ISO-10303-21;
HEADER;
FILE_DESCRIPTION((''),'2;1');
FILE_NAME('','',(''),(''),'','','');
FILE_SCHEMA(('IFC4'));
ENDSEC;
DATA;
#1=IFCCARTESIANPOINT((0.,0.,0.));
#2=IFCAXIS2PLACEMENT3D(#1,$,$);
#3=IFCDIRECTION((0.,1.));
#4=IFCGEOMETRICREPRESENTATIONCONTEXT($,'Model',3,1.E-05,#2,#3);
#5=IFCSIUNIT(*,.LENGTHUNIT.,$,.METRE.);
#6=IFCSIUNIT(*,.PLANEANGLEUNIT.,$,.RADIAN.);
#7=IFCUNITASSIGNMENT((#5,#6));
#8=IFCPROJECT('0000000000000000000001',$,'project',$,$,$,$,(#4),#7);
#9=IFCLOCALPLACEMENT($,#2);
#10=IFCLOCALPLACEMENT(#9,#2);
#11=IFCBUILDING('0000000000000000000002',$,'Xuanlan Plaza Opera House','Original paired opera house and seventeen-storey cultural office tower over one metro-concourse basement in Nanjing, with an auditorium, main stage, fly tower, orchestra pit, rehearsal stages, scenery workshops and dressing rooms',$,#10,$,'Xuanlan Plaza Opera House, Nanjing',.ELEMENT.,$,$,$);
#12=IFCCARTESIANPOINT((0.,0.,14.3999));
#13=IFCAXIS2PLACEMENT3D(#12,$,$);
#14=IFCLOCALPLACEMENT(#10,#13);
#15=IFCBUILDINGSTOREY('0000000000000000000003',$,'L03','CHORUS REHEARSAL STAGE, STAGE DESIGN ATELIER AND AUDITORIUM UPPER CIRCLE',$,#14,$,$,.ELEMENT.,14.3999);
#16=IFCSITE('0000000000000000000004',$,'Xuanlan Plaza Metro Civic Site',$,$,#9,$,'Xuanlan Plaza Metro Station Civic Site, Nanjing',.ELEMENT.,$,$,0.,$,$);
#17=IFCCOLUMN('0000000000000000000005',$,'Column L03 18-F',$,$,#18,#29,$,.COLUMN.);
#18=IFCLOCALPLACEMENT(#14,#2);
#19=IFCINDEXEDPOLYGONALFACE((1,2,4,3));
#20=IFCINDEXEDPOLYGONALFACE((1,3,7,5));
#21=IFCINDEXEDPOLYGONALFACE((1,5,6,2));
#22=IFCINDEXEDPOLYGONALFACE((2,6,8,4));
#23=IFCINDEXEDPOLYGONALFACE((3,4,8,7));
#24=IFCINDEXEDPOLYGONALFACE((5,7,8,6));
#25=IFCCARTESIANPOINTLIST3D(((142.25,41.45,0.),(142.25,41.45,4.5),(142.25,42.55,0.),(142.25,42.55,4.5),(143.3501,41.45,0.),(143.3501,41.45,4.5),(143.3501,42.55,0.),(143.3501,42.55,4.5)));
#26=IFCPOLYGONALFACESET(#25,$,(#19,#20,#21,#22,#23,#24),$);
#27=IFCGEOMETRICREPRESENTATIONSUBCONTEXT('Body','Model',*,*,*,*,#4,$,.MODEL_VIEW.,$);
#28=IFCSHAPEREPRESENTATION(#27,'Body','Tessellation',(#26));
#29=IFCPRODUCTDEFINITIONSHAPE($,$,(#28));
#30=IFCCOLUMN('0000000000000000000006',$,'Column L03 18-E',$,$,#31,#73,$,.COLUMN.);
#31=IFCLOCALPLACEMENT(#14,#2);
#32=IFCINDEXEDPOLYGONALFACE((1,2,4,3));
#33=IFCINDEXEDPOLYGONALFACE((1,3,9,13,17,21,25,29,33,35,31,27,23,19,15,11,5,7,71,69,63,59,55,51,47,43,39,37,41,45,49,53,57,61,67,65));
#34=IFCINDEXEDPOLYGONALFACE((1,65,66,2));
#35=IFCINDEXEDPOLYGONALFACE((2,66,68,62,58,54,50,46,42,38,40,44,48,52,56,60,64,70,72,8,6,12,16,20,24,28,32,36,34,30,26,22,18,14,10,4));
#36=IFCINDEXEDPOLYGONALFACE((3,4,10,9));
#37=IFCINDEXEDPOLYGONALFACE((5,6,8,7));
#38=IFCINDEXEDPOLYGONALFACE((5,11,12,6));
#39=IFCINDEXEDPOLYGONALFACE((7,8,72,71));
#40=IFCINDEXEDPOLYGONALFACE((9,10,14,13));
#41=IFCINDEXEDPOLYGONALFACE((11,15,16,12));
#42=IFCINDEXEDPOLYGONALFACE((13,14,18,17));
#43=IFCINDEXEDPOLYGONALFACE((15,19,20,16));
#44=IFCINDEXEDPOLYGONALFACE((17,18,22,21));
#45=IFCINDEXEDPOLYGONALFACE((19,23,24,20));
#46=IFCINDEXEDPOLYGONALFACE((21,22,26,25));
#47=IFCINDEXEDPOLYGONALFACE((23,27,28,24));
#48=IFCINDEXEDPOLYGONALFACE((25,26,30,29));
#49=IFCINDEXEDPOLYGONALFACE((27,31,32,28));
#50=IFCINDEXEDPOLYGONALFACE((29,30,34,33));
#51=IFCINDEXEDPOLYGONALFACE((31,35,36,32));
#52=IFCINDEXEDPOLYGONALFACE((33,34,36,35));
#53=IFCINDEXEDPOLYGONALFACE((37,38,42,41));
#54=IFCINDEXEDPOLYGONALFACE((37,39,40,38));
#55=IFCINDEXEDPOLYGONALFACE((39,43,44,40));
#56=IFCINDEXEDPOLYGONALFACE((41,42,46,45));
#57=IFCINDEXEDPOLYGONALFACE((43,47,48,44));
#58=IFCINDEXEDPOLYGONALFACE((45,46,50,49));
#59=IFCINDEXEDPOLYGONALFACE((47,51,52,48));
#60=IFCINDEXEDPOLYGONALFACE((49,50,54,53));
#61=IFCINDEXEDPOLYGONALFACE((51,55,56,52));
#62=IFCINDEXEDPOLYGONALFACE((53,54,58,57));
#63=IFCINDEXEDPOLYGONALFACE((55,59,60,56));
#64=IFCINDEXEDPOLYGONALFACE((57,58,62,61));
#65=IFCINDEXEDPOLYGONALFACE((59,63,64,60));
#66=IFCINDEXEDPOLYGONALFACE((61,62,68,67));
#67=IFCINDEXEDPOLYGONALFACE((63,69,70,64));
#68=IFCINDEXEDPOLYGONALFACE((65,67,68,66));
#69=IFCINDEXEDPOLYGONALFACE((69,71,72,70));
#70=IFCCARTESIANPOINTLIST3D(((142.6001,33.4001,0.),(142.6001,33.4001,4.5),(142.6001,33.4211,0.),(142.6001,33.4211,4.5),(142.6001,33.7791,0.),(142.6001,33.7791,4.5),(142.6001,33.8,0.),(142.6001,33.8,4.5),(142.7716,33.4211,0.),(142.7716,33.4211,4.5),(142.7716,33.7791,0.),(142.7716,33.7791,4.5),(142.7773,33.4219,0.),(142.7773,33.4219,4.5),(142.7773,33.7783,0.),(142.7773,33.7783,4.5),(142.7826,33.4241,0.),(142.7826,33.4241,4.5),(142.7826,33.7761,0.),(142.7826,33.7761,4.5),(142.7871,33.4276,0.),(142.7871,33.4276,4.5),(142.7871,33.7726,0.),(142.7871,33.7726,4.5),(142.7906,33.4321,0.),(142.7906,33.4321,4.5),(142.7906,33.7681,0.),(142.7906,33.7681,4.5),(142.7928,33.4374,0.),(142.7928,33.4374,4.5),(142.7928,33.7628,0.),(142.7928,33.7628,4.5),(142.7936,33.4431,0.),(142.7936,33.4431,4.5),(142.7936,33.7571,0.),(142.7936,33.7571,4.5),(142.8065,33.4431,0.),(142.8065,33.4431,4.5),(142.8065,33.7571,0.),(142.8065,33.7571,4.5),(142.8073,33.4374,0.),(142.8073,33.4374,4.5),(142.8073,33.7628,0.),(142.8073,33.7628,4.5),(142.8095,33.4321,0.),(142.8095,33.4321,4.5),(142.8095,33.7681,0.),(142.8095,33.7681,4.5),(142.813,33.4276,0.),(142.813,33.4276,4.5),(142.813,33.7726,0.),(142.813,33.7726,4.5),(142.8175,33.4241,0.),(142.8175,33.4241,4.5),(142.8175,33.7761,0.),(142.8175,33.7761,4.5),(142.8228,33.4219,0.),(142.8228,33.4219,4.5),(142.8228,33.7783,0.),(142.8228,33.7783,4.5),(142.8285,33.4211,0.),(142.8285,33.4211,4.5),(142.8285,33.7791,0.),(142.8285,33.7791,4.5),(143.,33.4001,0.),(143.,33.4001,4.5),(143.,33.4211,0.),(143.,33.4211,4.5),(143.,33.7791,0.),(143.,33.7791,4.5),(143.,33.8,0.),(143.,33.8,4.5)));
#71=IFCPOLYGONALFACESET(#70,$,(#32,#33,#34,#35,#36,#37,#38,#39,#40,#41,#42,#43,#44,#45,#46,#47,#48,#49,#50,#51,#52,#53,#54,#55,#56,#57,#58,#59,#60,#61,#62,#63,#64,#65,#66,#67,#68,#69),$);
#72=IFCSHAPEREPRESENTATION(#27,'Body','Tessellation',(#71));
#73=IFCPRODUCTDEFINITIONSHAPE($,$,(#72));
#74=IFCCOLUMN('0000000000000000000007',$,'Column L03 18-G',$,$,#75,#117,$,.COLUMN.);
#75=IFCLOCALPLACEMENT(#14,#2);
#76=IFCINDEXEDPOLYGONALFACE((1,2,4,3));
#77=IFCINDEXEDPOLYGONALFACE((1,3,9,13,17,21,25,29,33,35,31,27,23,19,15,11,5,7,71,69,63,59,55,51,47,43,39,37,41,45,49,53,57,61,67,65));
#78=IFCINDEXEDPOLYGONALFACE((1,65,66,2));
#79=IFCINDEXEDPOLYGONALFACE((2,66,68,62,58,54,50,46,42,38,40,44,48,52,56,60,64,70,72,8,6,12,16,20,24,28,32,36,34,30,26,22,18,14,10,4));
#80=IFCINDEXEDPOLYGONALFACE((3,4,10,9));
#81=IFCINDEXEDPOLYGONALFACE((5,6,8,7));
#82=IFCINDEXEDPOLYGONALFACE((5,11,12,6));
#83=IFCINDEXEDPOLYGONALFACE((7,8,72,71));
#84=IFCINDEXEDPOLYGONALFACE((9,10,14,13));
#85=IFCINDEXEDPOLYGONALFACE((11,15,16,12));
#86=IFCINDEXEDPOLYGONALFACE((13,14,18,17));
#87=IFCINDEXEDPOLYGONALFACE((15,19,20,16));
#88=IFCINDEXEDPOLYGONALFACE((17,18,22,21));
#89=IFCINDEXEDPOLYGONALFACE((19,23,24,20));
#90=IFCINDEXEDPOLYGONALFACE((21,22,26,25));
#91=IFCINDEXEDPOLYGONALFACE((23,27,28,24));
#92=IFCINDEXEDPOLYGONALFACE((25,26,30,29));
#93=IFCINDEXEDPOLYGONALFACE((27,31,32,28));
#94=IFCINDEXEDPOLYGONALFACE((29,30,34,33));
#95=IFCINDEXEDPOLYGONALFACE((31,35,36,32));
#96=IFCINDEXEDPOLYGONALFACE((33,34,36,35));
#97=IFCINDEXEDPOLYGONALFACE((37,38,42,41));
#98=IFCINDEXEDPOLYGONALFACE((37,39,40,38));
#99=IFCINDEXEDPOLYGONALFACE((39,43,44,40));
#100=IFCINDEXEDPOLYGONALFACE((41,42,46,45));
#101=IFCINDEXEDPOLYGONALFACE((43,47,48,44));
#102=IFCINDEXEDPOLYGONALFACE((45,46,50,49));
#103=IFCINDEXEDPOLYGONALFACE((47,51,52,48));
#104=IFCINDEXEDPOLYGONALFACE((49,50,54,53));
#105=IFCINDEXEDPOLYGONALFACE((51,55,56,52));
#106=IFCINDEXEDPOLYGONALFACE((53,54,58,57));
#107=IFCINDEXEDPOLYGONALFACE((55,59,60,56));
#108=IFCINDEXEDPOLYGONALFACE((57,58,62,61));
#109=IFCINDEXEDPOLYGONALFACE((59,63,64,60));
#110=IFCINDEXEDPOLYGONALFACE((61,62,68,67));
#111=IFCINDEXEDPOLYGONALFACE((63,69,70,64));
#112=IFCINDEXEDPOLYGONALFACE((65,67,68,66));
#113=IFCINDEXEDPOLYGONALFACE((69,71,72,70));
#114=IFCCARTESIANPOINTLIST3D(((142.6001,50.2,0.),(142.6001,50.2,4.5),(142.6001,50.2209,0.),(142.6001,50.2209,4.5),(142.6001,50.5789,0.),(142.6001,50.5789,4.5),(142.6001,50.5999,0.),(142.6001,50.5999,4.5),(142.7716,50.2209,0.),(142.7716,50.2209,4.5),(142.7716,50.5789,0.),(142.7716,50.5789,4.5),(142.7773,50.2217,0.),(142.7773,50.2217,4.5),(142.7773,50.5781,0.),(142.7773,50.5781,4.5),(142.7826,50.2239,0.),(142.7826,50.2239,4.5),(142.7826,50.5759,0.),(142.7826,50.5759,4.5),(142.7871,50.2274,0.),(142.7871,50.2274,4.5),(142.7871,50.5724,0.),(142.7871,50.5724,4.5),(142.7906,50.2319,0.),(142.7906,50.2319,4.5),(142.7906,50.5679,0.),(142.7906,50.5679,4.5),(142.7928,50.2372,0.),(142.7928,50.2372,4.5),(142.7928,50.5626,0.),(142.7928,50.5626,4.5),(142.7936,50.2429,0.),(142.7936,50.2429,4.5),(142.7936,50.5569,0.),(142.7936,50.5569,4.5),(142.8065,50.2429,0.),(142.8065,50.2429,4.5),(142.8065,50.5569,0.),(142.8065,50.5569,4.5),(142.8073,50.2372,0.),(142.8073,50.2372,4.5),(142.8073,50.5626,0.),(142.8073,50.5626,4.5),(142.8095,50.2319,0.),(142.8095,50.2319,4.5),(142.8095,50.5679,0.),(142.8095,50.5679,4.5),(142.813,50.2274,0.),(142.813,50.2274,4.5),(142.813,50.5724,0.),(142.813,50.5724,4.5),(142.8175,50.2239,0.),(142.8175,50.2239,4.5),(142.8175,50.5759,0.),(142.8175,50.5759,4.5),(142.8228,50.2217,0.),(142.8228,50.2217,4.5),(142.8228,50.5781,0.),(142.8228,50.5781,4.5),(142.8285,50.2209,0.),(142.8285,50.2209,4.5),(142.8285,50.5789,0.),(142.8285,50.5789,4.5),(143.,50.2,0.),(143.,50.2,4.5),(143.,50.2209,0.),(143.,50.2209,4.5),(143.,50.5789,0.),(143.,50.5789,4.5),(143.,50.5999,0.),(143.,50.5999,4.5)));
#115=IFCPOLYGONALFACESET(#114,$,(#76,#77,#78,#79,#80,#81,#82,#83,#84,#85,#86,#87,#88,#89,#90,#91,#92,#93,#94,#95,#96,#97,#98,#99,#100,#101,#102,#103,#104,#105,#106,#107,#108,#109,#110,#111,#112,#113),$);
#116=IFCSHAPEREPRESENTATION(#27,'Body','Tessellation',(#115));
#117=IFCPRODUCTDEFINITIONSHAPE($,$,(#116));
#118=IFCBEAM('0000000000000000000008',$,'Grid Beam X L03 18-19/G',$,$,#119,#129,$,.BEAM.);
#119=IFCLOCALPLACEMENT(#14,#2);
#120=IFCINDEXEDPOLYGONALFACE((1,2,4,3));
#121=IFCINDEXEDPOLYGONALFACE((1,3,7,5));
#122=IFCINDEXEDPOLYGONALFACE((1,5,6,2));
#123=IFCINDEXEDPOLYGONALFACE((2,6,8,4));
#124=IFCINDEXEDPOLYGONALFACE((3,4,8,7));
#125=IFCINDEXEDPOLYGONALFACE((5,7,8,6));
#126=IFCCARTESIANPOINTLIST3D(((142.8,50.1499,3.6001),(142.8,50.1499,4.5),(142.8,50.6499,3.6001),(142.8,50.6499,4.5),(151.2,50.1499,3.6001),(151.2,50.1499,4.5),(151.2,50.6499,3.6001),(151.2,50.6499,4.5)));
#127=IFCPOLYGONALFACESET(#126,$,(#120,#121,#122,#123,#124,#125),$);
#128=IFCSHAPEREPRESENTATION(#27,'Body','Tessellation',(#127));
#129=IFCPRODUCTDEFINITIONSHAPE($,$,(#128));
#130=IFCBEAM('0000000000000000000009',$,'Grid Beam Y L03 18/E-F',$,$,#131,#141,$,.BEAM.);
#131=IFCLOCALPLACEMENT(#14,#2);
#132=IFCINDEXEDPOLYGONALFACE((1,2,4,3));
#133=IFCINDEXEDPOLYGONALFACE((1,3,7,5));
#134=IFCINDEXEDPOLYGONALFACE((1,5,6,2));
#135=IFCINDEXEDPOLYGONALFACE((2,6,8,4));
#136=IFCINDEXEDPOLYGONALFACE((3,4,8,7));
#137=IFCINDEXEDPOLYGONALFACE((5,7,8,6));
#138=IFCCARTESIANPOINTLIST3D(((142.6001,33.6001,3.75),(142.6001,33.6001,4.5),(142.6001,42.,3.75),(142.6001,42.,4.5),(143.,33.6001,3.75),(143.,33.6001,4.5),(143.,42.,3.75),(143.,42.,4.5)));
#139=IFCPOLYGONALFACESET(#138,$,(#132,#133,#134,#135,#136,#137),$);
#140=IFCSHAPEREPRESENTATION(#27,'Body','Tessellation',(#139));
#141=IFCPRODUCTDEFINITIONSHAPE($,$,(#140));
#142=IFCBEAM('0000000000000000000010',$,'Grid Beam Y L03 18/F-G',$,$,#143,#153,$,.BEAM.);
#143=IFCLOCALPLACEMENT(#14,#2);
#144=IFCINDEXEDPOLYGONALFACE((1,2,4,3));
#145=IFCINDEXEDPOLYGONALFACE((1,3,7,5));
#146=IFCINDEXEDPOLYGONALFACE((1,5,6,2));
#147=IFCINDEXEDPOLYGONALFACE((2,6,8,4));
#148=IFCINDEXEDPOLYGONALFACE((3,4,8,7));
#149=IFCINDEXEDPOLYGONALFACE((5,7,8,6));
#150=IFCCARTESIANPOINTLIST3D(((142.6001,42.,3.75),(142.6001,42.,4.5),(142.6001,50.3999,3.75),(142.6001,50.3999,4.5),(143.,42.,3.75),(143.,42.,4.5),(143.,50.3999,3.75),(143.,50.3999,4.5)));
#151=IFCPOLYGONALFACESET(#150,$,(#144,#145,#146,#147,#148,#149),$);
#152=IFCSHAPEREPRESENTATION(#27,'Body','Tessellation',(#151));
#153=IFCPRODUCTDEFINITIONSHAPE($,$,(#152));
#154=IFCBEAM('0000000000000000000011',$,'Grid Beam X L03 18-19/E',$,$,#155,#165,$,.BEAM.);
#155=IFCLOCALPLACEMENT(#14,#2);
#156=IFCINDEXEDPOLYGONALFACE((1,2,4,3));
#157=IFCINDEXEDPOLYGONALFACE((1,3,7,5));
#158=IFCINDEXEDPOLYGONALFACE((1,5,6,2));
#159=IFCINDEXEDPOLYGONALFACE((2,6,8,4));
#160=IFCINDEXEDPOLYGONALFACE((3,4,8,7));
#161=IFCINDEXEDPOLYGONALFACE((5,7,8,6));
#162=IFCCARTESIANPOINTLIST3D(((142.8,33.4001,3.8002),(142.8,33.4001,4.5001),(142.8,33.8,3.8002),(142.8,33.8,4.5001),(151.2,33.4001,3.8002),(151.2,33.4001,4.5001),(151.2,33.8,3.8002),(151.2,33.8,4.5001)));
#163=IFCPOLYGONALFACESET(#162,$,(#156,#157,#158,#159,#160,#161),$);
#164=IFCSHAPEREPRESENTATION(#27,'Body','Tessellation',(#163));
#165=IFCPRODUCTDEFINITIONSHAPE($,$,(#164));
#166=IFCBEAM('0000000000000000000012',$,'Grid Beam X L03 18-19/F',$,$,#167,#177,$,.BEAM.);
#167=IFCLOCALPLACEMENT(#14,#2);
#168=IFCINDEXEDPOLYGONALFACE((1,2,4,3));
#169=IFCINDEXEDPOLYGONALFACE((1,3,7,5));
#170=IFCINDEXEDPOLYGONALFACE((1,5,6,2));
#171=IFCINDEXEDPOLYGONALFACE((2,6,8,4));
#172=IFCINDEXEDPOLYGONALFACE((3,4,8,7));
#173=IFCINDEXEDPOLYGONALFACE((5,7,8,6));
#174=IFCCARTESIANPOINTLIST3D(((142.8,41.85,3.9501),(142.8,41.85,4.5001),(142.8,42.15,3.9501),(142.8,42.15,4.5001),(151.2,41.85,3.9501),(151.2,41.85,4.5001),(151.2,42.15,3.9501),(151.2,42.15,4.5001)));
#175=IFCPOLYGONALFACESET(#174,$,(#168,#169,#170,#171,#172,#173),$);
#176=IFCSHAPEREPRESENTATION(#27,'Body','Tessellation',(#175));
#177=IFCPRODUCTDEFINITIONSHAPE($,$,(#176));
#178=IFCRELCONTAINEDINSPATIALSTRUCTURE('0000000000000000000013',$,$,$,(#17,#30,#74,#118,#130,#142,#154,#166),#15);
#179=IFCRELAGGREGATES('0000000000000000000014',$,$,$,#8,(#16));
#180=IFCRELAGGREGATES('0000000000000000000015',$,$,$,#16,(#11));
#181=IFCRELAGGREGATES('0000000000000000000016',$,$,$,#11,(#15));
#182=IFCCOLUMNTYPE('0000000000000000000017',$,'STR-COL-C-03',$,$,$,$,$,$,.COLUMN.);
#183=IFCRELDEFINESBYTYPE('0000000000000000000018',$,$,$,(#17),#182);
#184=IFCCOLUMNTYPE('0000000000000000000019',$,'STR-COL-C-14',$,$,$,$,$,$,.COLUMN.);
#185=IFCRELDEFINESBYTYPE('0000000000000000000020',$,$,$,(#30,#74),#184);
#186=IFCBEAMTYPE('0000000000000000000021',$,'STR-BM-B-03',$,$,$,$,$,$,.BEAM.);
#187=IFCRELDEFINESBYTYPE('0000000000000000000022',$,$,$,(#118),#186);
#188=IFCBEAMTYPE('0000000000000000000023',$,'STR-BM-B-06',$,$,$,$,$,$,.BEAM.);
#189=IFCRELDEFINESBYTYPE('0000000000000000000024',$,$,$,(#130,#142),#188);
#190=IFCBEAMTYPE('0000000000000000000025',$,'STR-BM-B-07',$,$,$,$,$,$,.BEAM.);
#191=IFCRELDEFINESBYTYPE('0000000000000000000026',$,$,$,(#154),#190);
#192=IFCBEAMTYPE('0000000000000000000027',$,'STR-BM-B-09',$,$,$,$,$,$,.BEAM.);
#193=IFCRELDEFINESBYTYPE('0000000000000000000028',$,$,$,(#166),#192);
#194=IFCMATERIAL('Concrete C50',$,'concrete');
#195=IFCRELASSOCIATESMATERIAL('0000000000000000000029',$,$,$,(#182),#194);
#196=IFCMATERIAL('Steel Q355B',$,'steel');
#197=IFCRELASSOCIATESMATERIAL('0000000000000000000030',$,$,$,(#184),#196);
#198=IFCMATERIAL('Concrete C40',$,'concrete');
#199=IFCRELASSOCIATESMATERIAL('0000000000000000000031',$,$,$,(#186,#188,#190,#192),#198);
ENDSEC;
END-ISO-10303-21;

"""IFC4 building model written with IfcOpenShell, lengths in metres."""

from ifc_helpers import new_model, si_unit, direction, frame, origin, origin_2d, place, context, subcontext, project, spatial, rectangle, i_section, extrude, material, material_profile, profile_set, type_object, element, save


model = new_model("IFC4")

# Units and contexts
model_context = context("Model", 3, precision=1e-05, world=origin(), true_north=direction((0.0, 1.0)))
body_context = subcontext(model_context, "Body", "Model", "MODEL_VIEW")
ifc_project = project(units=[si_unit("LENGTHUNIT", "METRE"), si_unit("PLANEANGLEUNIT", "RADIAN")], contexts=[model_context])

# Site, building, storey
site_placement = place(None, origin())
site = spatial("IfcSite", under=ifc_project, at=site_placement, Name="Xuanlan Plaza Metro Civic Site", LongName="Xuanlan Plaza Metro Station Civic Site, Nanjing", CompositionType="ELEMENT", RefElevation=0.0)
building_placement = place(site_placement, origin())
building = spatial("IfcBuilding", under=site, at=building_placement, Name="Xuanlan Plaza Opera House", Description="Original paired opera house and seventeen-storey cultural office tower over one metro-concourse basement in Nanjing, with an auditorium, main stage, fly tower, orchestra pit, rehearsal stages, scenery workshops and dressing rooms", LongName="Xuanlan Plaza Opera House, Nanjing", CompositionType="ELEMENT")
storey_placement = place(building_placement, frame((0.0, 0.0, 14.3999)))
storey = spatial("IfcBuildingStorey", under=building, at=storey_placement, Name="L03", Description="CHORUS REHEARSAL STAGE, STAGE DESIGN ATELIER AND AUDITORIUM UPPER CIRCLE", CompositionType="ELEMENT", Elevation=14.3999)

# Columns
ifc_material_1 = material(Name="Concrete C50", Category="concrete")
ifc_material_profile_1 = material_profile(ifc_material_1, rectangle(XDim=1.1001, YDim=1.1001, at=origin_2d()), Name="RC-COL 1100x1100")
ifc_profile_set_1 = profile_set([ifc_material_profile_1], Name="Concrete C50")
column_type_1 = type_object("IfcColumnType", Name="STR-COL-C-03", PredefinedType="COLUMN", material=ifc_profile_set_1)
column_placement = place(storey_placement, frame((142.8, 42.0, 0.0), z_axis=(0.0, 0.0, 1.0), x_axis=(1.0, 0.0, 0.0)))
element("IfcColumn", 1, at=column_placement, inside=storey, type_object=column_type_1, Name="Column L03 18-F", PredefinedType="COLUMN", context=body_context, shape_type="SweptSolid", body=[
    extrude(rectangle(XDim=1.1001, YDim=1.1001, at=origin_2d()), origin(), (0.0, 0.0, 1.0), 4.5),
])
ifc_material_2 = material(Name="Steel Q355B", Category="steel")
ifc_material_profile_2 = material_profile(ifc_material_2, i_section(OverallWidth=0.3999, OverallDepth=0.3999, WebThickness=0.0129, FlangeThickness=0.021, FilletRadius=0.022, at=origin_2d()), Name="HW 400x400x13x21")
ifc_profile_set_2 = profile_set([ifc_material_profile_2], Name="Steel Q355B")
column_type_2 = type_object("IfcColumnType", Name="STR-COL-C-14", PredefinedType="COLUMN", material=ifc_profile_set_2)
for number, where, z_axis, x_axis, name in (
    (2, (142.8, 33.6001, 0.0), (0.0, 0.0, 1.0), (1.0, 0.0, 0.0), "Column L03 18-E"),
    (3, (142.8, 50.3999, 0.0), (0.0, 0.0, 1.0), (1.0, 0.0, 0.0), "Column L03 18-G"),
):
    element("IfcColumn", number, at=place(storey_placement, frame(where, z_axis=z_axis, x_axis=x_axis)), inside=storey, type_object=column_type_2, Name=name, PredefinedType="COLUMN", context=body_context, shape_type="SweptSolid", body=[
        extrude(i_section(OverallWidth=0.3999, OverallDepth=0.3999, WebThickness=0.0129, FlangeThickness=0.021, FilletRadius=0.022, at=origin_2d()), origin(), (0.0, 0.0, 1.0), 4.5),
    ])

# Beams
ifc_material_3 = material(Name="Concrete C40", Category="concrete")
ifc_material_profile_3 = material_profile(ifc_material_3, rectangle(XDim=0.5, YDim=0.8999, at=origin_2d()), Name="RC-BM 500x900")
ifc_profile_set_3 = profile_set([ifc_material_profile_3], Name="Concrete C40")
beam_type_1 = type_object("IfcBeamType", Name="STR-BM-B-03", PredefinedType="BEAM", material=ifc_profile_set_3)
beam_1_placement = place(storey_placement, frame((142.8, 50.3999, 4.05), z_axis=(1.0, 0.0, 0.0), x_axis=(0.0, 1.0, 0.0)))
element("IfcBeam", 4, at=beam_1_placement, inside=storey, type_object=beam_type_1, Name="Grid Beam X L03 18-19/G", PredefinedType="BEAM", context=body_context, shape_type="SweptSolid", body=[
    extrude(rectangle(XDim=0.5, YDim=0.8999, at=origin_2d()), origin(), (0.0, 0.0, 1.0), 8.3999),
])
ifc_material_profile_4 = material_profile(ifc_material_3, rectangle(XDim=0.3999, YDim=0.75, at=origin_2d()), Name="RC-BM 400x750")
ifc_profile_set_4 = profile_set([ifc_material_profile_4], Name="Concrete C40")
beam_type_2 = type_object("IfcBeamType", Name="STR-BM-B-06", PredefinedType="BEAM", material=ifc_profile_set_4)
for number, where, z_axis, x_axis, name in (
    (5, (142.8, 33.6001, 4.125), (0.0, 1.0, 0.0), (-1.0, 0.0, 0.0), "Grid Beam Y L03 18/E-F"),
    (6, (142.8, 42.0, 4.125), (0.0, 1.0, 0.0), (-1.0, 0.0, 0.0), "Grid Beam Y L03 18/F-G"),
):
    element("IfcBeam", number, at=place(storey_placement, frame(where, z_axis=z_axis, x_axis=x_axis)), inside=storey, type_object=beam_type_2, Name=name, PredefinedType="BEAM", context=body_context, shape_type="SweptSolid", body=[
        extrude(rectangle(XDim=0.3999, YDim=0.75, at=origin_2d()), origin(), (0.0, 0.0, 1.0), 8.3999),
    ])
ifc_material_profile_5 = material_profile(ifc_material_3, rectangle(XDim=0.3999, YDim=0.7, at=origin_2d()), Name="RC-BM 400x700")
ifc_profile_set_5 = profile_set([ifc_material_profile_5], Name="Concrete C40")
beam_type_3 = type_object("IfcBeamType", Name="STR-BM-B-07", PredefinedType="BEAM", material=ifc_profile_set_5)
beam_2_placement = place(storey_placement, frame((142.8, 33.6001, 4.1501), z_axis=(1.0, 0.0, 0.0), x_axis=(0.0, 1.0, 0.0)))
element("IfcBeam", 7, at=beam_2_placement, inside=storey, type_object=beam_type_3, Name="Grid Beam X L03 18-19/E", PredefinedType="BEAM", context=body_context, shape_type="SweptSolid", body=[
    extrude(rectangle(XDim=0.3999, YDim=0.7, at=origin_2d()), origin(), (0.0, 0.0, 1.0), 8.3999),
])
ifc_material_profile_6 = material_profile(ifc_material_3, rectangle(XDim=0.3, YDim=0.55, at=origin_2d()), Name="RC-BM 300x550")
ifc_profile_set_6 = profile_set([ifc_material_profile_6], Name="Concrete C40")
beam_type_4 = type_object("IfcBeamType", Name="STR-BM-B-09", PredefinedType="BEAM", material=ifc_profile_set_6)
beam_3_placement = place(storey_placement, frame((142.8, 42.0, 4.2251), z_axis=(1.0, 0.0, 0.0), x_axis=(0.0, 1.0, 0.0)))
element("IfcBeam", 8, at=beam_3_placement, inside=storey, type_object=beam_type_4, Name="Grid Beam X L03 18-19/F", PredefinedType="BEAM", context=body_context, shape_type="SweptSolid", body=[
    extrude(rectangle(XDim=0.3, YDim=0.55, at=origin_2d()), origin(), (0.0, 0.0, 1.0), 8.3999),
])

save(model, "model.ifc")
